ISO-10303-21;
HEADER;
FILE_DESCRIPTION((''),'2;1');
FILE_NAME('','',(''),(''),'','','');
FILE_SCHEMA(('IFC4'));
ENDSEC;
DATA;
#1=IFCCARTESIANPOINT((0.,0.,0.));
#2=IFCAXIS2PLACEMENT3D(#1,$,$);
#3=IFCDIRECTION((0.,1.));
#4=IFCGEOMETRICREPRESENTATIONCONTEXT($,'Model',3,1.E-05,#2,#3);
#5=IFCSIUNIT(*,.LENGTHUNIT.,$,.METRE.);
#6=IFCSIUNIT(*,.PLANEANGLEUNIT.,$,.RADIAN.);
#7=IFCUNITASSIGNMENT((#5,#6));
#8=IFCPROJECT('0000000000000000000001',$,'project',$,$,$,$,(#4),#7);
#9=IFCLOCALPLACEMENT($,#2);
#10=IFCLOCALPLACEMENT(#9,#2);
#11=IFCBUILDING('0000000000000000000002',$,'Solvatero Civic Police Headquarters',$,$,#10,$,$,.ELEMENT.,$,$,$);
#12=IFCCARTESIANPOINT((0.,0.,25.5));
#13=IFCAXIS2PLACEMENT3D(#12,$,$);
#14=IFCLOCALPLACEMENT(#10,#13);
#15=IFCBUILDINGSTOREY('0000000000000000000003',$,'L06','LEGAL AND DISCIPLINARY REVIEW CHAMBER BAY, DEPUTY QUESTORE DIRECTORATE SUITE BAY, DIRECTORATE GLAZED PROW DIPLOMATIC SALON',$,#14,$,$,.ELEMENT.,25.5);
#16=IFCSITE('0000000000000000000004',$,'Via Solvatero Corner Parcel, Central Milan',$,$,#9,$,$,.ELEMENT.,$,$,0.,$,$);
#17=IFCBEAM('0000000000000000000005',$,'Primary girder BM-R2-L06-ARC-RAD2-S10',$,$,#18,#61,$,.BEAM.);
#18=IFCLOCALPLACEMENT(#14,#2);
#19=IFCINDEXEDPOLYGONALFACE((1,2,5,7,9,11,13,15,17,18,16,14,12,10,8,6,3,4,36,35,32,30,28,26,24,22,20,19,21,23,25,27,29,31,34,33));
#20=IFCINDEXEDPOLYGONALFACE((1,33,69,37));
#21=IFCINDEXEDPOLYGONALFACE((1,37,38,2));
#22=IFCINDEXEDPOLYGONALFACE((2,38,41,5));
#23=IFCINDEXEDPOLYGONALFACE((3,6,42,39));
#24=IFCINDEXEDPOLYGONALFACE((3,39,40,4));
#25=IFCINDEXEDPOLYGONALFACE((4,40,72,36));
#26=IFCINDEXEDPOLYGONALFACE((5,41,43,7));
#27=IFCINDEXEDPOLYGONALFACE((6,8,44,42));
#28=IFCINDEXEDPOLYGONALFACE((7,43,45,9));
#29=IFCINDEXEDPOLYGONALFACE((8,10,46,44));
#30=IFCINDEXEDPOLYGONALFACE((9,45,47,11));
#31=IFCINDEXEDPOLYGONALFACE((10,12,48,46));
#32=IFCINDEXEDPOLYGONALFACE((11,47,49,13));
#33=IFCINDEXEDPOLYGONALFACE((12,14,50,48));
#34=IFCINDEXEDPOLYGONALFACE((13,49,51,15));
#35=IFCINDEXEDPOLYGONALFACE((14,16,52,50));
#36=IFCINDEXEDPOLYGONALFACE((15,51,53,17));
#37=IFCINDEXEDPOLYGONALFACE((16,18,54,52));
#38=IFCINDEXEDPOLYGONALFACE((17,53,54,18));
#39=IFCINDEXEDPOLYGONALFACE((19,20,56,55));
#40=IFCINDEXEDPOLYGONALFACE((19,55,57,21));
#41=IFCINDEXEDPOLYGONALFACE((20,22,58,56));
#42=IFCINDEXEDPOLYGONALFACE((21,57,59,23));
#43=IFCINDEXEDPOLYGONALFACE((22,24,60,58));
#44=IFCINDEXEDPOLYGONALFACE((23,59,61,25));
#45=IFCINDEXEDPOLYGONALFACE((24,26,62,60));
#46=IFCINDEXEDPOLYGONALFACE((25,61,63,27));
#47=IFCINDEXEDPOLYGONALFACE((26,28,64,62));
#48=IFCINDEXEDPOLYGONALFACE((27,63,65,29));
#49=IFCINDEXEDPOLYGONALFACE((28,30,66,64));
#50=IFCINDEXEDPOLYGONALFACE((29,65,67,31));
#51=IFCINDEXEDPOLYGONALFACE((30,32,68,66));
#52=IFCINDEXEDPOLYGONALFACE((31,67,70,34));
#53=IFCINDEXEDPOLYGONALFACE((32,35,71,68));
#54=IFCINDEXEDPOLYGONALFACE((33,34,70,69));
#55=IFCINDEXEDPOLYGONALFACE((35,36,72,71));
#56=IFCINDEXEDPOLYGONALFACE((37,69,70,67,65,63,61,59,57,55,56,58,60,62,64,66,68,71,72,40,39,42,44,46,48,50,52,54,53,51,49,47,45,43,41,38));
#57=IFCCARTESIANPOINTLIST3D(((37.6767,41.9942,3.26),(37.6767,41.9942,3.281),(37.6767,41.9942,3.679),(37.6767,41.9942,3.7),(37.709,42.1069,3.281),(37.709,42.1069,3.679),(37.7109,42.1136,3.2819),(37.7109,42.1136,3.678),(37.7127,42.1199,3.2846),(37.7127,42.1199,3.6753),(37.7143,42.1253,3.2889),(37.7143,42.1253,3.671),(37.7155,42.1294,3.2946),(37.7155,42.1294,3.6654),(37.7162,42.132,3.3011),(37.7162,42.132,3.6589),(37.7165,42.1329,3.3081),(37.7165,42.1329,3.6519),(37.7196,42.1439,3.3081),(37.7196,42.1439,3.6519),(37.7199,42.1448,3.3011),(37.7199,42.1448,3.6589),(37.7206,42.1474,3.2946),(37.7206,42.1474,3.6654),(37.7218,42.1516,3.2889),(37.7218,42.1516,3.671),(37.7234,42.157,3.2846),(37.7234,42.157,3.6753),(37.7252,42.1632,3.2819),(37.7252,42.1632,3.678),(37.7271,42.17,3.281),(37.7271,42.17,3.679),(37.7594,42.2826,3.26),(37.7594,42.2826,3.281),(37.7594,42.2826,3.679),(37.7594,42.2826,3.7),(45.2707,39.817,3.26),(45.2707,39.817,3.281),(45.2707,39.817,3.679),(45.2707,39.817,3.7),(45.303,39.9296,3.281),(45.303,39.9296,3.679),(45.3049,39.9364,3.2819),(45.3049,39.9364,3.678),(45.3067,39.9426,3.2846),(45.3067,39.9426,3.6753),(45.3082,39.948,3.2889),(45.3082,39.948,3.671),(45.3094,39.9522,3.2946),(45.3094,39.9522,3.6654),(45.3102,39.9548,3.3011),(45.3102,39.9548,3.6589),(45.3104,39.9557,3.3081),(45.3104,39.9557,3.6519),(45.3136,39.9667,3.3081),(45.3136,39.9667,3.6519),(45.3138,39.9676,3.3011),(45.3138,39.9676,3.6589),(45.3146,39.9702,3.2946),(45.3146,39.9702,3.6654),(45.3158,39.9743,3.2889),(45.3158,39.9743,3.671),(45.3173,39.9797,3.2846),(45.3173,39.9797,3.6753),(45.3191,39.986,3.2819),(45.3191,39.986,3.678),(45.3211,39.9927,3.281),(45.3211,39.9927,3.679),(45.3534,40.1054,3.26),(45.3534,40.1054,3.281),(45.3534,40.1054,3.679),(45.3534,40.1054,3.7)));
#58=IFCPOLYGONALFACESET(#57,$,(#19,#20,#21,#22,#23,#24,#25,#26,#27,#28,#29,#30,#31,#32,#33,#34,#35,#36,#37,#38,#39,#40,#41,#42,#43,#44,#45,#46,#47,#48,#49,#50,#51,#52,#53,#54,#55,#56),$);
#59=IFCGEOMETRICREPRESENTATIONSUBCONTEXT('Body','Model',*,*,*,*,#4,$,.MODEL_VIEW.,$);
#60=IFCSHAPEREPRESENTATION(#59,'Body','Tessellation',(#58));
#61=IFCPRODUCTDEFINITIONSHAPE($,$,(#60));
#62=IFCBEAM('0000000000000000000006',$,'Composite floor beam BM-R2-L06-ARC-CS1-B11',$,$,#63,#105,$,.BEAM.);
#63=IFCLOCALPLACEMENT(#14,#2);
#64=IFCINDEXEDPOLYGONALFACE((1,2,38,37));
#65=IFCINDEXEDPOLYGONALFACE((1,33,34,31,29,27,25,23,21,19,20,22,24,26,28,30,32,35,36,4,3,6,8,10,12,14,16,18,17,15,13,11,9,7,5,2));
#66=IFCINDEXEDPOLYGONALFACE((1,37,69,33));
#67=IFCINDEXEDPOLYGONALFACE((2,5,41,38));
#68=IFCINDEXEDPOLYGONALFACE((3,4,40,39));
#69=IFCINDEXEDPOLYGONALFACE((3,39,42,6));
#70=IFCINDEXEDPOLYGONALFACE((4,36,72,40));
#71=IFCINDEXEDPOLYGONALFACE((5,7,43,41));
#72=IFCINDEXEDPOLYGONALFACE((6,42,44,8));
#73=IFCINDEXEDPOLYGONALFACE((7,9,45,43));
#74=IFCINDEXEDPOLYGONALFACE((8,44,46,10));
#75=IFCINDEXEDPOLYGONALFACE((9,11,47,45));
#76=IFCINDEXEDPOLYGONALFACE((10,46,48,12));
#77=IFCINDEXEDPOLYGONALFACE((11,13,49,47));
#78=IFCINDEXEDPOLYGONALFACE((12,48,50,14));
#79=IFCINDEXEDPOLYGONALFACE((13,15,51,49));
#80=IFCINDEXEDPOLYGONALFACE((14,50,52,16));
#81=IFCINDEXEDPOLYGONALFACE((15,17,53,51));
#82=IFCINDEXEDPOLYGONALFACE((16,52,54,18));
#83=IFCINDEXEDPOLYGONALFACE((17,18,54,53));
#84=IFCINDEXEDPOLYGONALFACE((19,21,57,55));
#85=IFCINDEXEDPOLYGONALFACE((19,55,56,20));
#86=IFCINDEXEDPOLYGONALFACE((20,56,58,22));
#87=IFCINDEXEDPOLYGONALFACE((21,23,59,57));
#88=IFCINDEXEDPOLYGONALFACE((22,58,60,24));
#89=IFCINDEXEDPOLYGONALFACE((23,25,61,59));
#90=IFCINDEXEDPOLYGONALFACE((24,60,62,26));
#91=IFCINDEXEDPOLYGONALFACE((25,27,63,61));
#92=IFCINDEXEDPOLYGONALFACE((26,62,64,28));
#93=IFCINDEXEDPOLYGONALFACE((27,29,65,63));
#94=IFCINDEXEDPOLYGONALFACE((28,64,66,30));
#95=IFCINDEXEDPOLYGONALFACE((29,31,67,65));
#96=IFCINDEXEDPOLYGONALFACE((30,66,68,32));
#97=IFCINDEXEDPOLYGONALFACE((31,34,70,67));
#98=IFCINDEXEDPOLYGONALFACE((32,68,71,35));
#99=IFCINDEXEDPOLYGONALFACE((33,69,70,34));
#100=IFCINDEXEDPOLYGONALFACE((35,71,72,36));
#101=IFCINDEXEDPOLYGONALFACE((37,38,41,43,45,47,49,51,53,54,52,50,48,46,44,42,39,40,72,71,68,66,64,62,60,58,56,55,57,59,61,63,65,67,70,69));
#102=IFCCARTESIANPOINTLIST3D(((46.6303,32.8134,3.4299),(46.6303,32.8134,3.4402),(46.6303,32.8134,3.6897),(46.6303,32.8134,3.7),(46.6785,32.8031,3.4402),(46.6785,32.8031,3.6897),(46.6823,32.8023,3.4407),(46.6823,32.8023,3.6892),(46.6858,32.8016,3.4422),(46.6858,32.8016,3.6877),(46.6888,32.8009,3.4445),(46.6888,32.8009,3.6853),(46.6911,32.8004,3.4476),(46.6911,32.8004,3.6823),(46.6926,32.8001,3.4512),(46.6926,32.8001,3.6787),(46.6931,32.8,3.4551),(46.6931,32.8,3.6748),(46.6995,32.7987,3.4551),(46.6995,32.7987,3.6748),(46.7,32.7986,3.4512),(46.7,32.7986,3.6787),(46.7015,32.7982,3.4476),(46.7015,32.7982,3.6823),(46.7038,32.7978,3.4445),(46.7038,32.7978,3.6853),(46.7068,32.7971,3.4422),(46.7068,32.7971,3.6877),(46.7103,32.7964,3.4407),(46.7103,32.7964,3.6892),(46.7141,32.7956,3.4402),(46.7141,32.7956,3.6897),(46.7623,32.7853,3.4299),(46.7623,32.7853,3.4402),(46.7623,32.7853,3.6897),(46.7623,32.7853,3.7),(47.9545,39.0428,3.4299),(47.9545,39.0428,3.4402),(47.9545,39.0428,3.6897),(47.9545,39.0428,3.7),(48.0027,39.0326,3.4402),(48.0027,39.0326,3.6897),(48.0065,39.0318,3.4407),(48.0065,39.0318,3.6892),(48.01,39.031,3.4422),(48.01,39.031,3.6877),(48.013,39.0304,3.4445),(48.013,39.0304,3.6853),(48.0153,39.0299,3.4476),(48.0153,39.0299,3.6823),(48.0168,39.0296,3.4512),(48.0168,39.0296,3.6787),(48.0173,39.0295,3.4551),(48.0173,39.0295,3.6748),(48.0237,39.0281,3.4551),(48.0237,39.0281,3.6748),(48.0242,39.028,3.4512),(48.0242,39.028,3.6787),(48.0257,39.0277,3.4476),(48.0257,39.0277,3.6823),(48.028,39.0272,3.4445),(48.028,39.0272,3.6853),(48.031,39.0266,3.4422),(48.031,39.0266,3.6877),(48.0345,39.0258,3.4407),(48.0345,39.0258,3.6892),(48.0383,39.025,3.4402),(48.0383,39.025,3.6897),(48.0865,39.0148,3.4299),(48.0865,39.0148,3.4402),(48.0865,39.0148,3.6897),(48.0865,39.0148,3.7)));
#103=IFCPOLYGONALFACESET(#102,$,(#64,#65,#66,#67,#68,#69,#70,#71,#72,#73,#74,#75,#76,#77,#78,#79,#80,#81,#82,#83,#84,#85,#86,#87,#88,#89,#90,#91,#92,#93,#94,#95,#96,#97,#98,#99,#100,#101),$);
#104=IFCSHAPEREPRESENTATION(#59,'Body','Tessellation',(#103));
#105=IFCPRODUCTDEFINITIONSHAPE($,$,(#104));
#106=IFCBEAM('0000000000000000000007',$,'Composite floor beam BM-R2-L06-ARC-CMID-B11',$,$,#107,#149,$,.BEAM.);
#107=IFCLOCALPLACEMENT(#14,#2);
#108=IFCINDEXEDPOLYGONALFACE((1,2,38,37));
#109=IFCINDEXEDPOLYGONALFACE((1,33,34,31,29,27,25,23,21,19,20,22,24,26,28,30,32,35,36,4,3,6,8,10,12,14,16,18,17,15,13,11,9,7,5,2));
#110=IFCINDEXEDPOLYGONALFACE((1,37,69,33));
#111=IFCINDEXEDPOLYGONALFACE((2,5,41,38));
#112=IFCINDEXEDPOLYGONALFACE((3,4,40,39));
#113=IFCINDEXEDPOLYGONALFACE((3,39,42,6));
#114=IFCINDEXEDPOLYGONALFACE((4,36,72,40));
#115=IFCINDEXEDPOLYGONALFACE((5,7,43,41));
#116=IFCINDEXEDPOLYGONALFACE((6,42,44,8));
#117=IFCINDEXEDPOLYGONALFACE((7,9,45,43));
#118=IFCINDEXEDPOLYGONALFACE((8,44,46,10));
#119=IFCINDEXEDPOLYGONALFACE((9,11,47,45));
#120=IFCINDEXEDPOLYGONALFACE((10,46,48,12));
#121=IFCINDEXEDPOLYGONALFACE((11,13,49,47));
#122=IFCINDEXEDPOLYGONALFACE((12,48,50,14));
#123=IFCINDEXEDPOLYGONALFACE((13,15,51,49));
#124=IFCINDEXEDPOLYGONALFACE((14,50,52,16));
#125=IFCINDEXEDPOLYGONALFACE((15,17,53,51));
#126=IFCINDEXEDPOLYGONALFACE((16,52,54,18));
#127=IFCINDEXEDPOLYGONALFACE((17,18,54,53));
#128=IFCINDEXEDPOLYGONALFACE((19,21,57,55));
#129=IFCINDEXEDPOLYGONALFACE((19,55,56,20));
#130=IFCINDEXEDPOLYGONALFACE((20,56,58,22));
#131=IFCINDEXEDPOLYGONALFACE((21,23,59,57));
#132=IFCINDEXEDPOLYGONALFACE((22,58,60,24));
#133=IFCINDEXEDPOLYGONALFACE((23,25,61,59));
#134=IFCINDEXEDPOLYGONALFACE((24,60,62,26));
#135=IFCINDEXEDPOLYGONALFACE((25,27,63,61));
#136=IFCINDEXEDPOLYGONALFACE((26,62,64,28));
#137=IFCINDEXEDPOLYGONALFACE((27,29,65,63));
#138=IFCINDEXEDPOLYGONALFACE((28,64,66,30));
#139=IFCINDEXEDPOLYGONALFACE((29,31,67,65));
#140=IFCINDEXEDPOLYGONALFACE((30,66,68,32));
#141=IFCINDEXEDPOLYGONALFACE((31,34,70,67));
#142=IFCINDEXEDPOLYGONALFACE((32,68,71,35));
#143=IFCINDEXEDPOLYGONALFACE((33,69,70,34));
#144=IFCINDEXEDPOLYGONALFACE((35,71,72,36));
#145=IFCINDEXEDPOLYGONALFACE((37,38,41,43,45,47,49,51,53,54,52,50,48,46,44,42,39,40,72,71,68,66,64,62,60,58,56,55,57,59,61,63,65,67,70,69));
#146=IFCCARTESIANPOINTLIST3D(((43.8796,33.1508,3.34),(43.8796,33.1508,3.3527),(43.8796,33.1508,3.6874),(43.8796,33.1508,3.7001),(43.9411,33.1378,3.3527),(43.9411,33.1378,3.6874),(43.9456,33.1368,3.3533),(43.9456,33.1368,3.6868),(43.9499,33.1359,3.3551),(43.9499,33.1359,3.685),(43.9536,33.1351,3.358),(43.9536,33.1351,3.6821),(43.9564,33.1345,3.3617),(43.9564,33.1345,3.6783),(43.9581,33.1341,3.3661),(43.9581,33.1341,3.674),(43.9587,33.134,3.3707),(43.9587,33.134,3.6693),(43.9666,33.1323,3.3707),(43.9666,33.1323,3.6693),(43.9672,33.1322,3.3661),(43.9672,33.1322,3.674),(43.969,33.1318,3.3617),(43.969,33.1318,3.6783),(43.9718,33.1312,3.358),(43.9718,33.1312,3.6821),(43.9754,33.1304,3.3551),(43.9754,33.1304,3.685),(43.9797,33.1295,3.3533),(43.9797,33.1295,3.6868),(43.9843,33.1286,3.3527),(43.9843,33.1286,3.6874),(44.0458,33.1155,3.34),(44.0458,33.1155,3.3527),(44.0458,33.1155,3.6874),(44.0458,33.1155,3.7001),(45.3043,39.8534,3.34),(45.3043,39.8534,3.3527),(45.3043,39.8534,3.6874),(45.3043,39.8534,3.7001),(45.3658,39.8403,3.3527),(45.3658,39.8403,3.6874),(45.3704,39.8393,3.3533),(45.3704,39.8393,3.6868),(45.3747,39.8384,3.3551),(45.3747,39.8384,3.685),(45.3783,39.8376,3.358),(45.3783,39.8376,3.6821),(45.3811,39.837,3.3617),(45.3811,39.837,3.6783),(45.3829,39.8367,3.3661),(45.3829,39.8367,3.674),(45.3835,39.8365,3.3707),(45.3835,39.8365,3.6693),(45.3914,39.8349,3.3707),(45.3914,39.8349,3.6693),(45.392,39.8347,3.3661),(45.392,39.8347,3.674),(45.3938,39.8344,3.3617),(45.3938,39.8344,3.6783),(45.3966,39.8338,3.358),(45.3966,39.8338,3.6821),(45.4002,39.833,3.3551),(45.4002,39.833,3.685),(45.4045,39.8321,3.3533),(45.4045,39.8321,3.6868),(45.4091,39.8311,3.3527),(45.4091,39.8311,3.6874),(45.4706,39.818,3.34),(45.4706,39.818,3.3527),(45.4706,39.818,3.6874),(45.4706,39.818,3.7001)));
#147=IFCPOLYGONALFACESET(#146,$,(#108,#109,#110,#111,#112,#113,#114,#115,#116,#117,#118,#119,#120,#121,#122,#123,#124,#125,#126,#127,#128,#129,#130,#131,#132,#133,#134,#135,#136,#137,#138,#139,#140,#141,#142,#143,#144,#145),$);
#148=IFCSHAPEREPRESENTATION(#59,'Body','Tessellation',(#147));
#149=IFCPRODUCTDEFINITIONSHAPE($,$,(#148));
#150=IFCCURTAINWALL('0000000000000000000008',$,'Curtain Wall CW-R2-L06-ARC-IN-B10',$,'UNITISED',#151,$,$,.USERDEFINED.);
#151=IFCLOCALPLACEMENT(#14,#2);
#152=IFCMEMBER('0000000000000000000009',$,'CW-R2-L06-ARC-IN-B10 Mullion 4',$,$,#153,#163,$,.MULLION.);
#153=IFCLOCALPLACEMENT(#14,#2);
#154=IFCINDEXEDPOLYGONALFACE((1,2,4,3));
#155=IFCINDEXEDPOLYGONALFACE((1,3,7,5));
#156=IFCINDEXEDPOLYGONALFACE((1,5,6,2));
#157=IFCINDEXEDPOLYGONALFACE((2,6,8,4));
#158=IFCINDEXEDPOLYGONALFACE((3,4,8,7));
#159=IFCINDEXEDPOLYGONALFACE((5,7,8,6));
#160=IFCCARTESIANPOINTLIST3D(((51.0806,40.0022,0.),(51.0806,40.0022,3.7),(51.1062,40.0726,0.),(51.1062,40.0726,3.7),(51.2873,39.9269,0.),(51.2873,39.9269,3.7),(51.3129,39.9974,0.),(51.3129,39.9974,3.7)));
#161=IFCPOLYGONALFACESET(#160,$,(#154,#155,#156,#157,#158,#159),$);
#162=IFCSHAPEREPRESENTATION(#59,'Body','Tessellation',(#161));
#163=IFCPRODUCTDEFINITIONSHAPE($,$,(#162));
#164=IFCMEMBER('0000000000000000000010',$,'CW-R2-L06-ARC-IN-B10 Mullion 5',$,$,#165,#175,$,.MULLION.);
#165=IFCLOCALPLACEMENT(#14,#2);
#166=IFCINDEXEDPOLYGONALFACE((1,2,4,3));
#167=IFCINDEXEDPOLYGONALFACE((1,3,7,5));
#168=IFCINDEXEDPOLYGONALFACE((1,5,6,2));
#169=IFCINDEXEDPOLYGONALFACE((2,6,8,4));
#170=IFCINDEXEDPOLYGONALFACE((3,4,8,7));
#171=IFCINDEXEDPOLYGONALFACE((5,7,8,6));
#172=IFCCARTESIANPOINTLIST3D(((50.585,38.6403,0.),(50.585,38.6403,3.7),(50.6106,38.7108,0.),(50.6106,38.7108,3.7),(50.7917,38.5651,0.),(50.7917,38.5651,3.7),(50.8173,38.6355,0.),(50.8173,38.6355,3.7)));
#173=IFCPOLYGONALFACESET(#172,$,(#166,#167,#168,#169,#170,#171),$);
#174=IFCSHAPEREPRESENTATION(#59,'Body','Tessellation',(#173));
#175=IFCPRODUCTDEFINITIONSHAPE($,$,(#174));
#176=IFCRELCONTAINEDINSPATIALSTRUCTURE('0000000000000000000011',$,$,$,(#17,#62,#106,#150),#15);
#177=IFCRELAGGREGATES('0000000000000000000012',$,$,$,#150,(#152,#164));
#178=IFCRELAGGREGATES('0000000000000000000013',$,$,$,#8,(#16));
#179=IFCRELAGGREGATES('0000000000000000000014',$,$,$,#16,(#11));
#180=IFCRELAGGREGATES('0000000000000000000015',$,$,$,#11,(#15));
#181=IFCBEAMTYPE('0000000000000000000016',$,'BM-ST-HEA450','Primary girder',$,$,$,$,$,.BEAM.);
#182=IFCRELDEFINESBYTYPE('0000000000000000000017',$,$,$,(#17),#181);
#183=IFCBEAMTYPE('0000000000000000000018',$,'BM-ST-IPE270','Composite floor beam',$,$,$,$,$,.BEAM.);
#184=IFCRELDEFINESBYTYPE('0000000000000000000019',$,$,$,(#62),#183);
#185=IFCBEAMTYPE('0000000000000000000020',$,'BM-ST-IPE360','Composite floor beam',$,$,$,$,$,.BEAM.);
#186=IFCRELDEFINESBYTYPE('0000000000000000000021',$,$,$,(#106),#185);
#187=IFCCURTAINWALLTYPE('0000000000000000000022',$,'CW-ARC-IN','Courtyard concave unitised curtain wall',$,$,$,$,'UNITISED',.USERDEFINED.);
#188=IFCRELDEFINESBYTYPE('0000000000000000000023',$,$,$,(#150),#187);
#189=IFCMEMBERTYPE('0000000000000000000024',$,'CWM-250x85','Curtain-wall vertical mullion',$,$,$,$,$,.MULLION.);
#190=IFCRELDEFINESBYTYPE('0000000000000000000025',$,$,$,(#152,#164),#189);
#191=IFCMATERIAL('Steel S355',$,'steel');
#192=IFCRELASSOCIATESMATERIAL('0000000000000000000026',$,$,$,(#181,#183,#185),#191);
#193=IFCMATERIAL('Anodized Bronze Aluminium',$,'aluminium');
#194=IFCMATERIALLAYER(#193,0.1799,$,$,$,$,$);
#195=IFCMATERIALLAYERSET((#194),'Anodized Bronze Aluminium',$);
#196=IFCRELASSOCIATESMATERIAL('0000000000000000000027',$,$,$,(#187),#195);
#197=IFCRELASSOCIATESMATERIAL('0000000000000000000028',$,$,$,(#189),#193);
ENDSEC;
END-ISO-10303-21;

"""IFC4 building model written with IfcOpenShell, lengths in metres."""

from ifc_helpers import new_model, si_unit, direction, frame, origin, origin_2d, place, context, subcontext, project, spatial, rectangle, i_section, extrude, material, layer, layer_set, material_profile, profile_set, type_object, element, aggregate, save


model = new_model("IFC4")

# Units and contexts
model_context = context("Model", 3, precision=1e-05, world=origin(), true_north=direction((0.0, 1.0)))
body_context = subcontext(model_context, "Body", "Model", "MODEL_VIEW")
ifc_project = project(units=[si_unit("LENGTHUNIT", "METRE"), si_unit("PLANEANGLEUNIT", "RADIAN")], contexts=[model_context])

# Site, building, storey
site_placement = place(None, origin())
site = spatial("IfcSite", under=ifc_project, at=site_placement, Name="Via Solvatero Corner Parcel, Central Milan", CompositionType="ELEMENT", RefElevation=0.0)
building_placement = place(site_placement, origin())
building = spatial("IfcBuilding", under=site, at=building_placement, Name="Solvatero Civic Police Headquarters", CompositionType="ELEMENT")
storey_placement = place(building_placement, frame((0.0, 0.0, 25.5)))
storey = spatial("IfcBuildingStorey", under=building, at=storey_placement, Name="L06", Description="LEGAL AND DISCIPLINARY REVIEW CHAMBER BAY, DEPUTY QUESTORE DIRECTORATE SUITE BAY, DIRECTORATE GLAZED PROW DIPLOMATIC SALON", CompositionType="ELEMENT", Elevation=25.5)

# Shared definitions
ifc_material_1 = material(Name="Steel S355", Category="steel")

# Beams
ifc_material_profile_1 = material_profile(ifc_material_1, i_section(OverallWidth=0.3, OverallDepth=0.4399, WebThickness=0.0115, FlangeThickness=0.021, FilletRadius=0.0271, at=origin_2d()), Name="HEA 450")
ifc_profile_set_1 = profile_set([ifc_material_profile_1], Name="Steel S355")
beam_type_1 = type_object("IfcBeamType", Name="BM-ST-HEA450", Description="Primary girder", PredefinedType="BEAM", material=ifc_profile_set_1)
beam_1_placement = place(storey_placement, frame((45.312, 39.9612, 3.48), z_axis=(-0.961272, 0.275603, 0.0), x_axis=(-0.275603, -0.961272, 0.0)))
element("IfcBeam", 1, at=beam_1_placement, inside=storey, type_object=beam_type_1, Name="Primary girder BM-R2-L06-ARC-RAD2-S10", PredefinedType="BEAM", context=body_context, shape_type="SweptSolid", body=[
    extrude(i_section(OverallWidth=0.3, OverallDepth=0.4399, WebThickness=0.0115, FlangeThickness=0.021, FilletRadius=0.0271, at=origin_2d()), origin(), (0.0, 0.0, 1.0), 7.8999),
])
ifc_material_profile_2 = material_profile(ifc_material_1, i_section(OverallWidth=0.135, OverallDepth=0.27, WebThickness=0.0066, FlangeThickness=0.0103, FilletRadius=0.0149, at=origin_2d()), Name="IPE 270")
ifc_profile_set_2 = profile_set([ifc_material_profile_2], Name="Steel S355")
beam_type_2 = type_object("IfcBeamType", Name="BM-ST-IPE270", Description="Composite floor beam", PredefinedType="BEAM", material=ifc_profile_set_2)
beam_2_placement = place(storey_placement, frame((48.0205, 39.0288, 3.5649), z_axis=(-0.207927, -0.978144, 0.0), x_axis=(0.978144, -0.207927, 0.0)))
element("IfcBeam", 2, at=beam_2_placement, inside=storey, type_object=beam_type_2, Name="Composite floor beam BM-R2-L06-ARC-CS1-B11", PredefinedType="BEAM", context=body_context, shape_type="SweptSolid", body=[
    extrude(i_section(OverallWidth=0.135, OverallDepth=0.27, WebThickness=0.0066, FlangeThickness=0.0103, FilletRadius=0.0149, at=origin_2d()), origin(), (0.0, 0.0, 1.0), 6.3687),
])
ifc_material_profile_3 = material_profile(ifc_material_1, i_section(OverallWidth=0.1699, OverallDepth=0.3601, WebThickness=0.0081, FlangeThickness=0.0127, FilletRadius=0.0181, at=origin_2d()), Name="IPE 360")
ifc_profile_set_3 = profile_set([ifc_material_profile_3], Name="Steel S355")
beam_type_3 = type_object("IfcBeamType", Name="BM-ST-IPE360", Description="Composite floor beam", PredefinedType="BEAM", material=ifc_profile_set_3)
beam_3_placement = place(storey_placement, frame((45.3875, 39.8357, 3.52), z_axis=(-0.207928, -0.978144, 0.0), x_axis=(0.978144, -0.207928, 0.0)))
element("IfcBeam", 3, at=beam_3_placement, inside=storey, type_object=beam_type_3, Name="Composite floor beam BM-R2-L06-ARC-CMID-B11", PredefinedType="BEAM", context=body_context, shape_type="SweptSolid", body=[
    extrude(i_section(OverallWidth=0.1699, OverallDepth=0.3601, WebThickness=0.0081, FlangeThickness=0.0127, FilletRadius=0.0181, at=origin_2d()), origin(), (0.0, 0.0, 1.0), 6.8523),
])

# Curtain wall, members
ifc_material_2 = material(Name="Anodized Bronze Aluminium", Category="aluminium")
ifc_layer_1 = layer(ifc_material_2, 0.1799)
ifc_layer_set_1 = layer_set([ifc_layer_1], Name="Anodized Bronze Aluminium")
curtain_wall_type = type_object("IfcCurtainWallType", Name="CW-ARC-IN", Description="Courtyard concave unitised curtain wall", ElementType="UNITISED", PredefinedType="USERDEFINED", material=ifc_layer_set_1)
curtain_wall_placement = place(storey_placement, origin())
curtain_wall = element("IfcCurtainWall", 4, at=curtain_wall_placement, inside=storey, type_object=curtain_wall_type, Name="Curtain Wall CW-R2-L06-ARC-IN-B10", ObjectType="UNITISED", PredefinedType="USERDEFINED")
ifc_material_profile_4 = material_profile(ifc_material_2, rectangle(XDim=0.075, YDim=0.22, at=origin_2d()), Name="ALU MULLION 75x220")
ifc_profile_set_4 = profile_set([ifc_material_profile_4], Name="Anodized Bronze Aluminium")
member_type_1 = type_object("IfcMemberType", Name="CWM-250x85", Description="Curtain-wall vertical mullion", PredefinedType="MULLION", material=ifc_profile_set_4)
member_1_placement = place(storey_placement, frame((51.1968, 39.9998, 0.0), z_axis=(0.0, 0.0, 1.0), x_axis=(-0.342004, -0.939699, 0.0)))
member_1 = element("IfcMember", 5, at=member_1_placement, type_object=member_type_1, Name="CW-R2-L06-ARC-IN-B10 Mullion 4", PredefinedType="MULLION", context=body_context, shape_type="SweptSolid", body=[
    extrude(rectangle(XDim=0.075, YDim=0.22, at=origin_2d()), origin(), (0.0, 0.0, 1.0), 3.7),
])
member_2_placement = place(storey_placement, frame((50.7012, 38.6379, 0.0), z_axis=(0.0, 0.0, 1.0), x_axis=(-0.342004, -0.939699, 0.0)))
member_2 = element("IfcMember", 6, at=member_2_placement, type_object=member_type_1, Name="CW-R2-L06-ARC-IN-B10 Mullion 5", PredefinedType="MULLION", context=body_context, shape_type="SweptSolid", body=[
    extrude(rectangle(XDim=0.075, YDim=0.22, at=origin_2d()), origin(), (0.0, 0.0, 1.0), 3.7),
])

aggregate(curtain_wall, [member_1, member_2])

save(model, "model.ifc")
